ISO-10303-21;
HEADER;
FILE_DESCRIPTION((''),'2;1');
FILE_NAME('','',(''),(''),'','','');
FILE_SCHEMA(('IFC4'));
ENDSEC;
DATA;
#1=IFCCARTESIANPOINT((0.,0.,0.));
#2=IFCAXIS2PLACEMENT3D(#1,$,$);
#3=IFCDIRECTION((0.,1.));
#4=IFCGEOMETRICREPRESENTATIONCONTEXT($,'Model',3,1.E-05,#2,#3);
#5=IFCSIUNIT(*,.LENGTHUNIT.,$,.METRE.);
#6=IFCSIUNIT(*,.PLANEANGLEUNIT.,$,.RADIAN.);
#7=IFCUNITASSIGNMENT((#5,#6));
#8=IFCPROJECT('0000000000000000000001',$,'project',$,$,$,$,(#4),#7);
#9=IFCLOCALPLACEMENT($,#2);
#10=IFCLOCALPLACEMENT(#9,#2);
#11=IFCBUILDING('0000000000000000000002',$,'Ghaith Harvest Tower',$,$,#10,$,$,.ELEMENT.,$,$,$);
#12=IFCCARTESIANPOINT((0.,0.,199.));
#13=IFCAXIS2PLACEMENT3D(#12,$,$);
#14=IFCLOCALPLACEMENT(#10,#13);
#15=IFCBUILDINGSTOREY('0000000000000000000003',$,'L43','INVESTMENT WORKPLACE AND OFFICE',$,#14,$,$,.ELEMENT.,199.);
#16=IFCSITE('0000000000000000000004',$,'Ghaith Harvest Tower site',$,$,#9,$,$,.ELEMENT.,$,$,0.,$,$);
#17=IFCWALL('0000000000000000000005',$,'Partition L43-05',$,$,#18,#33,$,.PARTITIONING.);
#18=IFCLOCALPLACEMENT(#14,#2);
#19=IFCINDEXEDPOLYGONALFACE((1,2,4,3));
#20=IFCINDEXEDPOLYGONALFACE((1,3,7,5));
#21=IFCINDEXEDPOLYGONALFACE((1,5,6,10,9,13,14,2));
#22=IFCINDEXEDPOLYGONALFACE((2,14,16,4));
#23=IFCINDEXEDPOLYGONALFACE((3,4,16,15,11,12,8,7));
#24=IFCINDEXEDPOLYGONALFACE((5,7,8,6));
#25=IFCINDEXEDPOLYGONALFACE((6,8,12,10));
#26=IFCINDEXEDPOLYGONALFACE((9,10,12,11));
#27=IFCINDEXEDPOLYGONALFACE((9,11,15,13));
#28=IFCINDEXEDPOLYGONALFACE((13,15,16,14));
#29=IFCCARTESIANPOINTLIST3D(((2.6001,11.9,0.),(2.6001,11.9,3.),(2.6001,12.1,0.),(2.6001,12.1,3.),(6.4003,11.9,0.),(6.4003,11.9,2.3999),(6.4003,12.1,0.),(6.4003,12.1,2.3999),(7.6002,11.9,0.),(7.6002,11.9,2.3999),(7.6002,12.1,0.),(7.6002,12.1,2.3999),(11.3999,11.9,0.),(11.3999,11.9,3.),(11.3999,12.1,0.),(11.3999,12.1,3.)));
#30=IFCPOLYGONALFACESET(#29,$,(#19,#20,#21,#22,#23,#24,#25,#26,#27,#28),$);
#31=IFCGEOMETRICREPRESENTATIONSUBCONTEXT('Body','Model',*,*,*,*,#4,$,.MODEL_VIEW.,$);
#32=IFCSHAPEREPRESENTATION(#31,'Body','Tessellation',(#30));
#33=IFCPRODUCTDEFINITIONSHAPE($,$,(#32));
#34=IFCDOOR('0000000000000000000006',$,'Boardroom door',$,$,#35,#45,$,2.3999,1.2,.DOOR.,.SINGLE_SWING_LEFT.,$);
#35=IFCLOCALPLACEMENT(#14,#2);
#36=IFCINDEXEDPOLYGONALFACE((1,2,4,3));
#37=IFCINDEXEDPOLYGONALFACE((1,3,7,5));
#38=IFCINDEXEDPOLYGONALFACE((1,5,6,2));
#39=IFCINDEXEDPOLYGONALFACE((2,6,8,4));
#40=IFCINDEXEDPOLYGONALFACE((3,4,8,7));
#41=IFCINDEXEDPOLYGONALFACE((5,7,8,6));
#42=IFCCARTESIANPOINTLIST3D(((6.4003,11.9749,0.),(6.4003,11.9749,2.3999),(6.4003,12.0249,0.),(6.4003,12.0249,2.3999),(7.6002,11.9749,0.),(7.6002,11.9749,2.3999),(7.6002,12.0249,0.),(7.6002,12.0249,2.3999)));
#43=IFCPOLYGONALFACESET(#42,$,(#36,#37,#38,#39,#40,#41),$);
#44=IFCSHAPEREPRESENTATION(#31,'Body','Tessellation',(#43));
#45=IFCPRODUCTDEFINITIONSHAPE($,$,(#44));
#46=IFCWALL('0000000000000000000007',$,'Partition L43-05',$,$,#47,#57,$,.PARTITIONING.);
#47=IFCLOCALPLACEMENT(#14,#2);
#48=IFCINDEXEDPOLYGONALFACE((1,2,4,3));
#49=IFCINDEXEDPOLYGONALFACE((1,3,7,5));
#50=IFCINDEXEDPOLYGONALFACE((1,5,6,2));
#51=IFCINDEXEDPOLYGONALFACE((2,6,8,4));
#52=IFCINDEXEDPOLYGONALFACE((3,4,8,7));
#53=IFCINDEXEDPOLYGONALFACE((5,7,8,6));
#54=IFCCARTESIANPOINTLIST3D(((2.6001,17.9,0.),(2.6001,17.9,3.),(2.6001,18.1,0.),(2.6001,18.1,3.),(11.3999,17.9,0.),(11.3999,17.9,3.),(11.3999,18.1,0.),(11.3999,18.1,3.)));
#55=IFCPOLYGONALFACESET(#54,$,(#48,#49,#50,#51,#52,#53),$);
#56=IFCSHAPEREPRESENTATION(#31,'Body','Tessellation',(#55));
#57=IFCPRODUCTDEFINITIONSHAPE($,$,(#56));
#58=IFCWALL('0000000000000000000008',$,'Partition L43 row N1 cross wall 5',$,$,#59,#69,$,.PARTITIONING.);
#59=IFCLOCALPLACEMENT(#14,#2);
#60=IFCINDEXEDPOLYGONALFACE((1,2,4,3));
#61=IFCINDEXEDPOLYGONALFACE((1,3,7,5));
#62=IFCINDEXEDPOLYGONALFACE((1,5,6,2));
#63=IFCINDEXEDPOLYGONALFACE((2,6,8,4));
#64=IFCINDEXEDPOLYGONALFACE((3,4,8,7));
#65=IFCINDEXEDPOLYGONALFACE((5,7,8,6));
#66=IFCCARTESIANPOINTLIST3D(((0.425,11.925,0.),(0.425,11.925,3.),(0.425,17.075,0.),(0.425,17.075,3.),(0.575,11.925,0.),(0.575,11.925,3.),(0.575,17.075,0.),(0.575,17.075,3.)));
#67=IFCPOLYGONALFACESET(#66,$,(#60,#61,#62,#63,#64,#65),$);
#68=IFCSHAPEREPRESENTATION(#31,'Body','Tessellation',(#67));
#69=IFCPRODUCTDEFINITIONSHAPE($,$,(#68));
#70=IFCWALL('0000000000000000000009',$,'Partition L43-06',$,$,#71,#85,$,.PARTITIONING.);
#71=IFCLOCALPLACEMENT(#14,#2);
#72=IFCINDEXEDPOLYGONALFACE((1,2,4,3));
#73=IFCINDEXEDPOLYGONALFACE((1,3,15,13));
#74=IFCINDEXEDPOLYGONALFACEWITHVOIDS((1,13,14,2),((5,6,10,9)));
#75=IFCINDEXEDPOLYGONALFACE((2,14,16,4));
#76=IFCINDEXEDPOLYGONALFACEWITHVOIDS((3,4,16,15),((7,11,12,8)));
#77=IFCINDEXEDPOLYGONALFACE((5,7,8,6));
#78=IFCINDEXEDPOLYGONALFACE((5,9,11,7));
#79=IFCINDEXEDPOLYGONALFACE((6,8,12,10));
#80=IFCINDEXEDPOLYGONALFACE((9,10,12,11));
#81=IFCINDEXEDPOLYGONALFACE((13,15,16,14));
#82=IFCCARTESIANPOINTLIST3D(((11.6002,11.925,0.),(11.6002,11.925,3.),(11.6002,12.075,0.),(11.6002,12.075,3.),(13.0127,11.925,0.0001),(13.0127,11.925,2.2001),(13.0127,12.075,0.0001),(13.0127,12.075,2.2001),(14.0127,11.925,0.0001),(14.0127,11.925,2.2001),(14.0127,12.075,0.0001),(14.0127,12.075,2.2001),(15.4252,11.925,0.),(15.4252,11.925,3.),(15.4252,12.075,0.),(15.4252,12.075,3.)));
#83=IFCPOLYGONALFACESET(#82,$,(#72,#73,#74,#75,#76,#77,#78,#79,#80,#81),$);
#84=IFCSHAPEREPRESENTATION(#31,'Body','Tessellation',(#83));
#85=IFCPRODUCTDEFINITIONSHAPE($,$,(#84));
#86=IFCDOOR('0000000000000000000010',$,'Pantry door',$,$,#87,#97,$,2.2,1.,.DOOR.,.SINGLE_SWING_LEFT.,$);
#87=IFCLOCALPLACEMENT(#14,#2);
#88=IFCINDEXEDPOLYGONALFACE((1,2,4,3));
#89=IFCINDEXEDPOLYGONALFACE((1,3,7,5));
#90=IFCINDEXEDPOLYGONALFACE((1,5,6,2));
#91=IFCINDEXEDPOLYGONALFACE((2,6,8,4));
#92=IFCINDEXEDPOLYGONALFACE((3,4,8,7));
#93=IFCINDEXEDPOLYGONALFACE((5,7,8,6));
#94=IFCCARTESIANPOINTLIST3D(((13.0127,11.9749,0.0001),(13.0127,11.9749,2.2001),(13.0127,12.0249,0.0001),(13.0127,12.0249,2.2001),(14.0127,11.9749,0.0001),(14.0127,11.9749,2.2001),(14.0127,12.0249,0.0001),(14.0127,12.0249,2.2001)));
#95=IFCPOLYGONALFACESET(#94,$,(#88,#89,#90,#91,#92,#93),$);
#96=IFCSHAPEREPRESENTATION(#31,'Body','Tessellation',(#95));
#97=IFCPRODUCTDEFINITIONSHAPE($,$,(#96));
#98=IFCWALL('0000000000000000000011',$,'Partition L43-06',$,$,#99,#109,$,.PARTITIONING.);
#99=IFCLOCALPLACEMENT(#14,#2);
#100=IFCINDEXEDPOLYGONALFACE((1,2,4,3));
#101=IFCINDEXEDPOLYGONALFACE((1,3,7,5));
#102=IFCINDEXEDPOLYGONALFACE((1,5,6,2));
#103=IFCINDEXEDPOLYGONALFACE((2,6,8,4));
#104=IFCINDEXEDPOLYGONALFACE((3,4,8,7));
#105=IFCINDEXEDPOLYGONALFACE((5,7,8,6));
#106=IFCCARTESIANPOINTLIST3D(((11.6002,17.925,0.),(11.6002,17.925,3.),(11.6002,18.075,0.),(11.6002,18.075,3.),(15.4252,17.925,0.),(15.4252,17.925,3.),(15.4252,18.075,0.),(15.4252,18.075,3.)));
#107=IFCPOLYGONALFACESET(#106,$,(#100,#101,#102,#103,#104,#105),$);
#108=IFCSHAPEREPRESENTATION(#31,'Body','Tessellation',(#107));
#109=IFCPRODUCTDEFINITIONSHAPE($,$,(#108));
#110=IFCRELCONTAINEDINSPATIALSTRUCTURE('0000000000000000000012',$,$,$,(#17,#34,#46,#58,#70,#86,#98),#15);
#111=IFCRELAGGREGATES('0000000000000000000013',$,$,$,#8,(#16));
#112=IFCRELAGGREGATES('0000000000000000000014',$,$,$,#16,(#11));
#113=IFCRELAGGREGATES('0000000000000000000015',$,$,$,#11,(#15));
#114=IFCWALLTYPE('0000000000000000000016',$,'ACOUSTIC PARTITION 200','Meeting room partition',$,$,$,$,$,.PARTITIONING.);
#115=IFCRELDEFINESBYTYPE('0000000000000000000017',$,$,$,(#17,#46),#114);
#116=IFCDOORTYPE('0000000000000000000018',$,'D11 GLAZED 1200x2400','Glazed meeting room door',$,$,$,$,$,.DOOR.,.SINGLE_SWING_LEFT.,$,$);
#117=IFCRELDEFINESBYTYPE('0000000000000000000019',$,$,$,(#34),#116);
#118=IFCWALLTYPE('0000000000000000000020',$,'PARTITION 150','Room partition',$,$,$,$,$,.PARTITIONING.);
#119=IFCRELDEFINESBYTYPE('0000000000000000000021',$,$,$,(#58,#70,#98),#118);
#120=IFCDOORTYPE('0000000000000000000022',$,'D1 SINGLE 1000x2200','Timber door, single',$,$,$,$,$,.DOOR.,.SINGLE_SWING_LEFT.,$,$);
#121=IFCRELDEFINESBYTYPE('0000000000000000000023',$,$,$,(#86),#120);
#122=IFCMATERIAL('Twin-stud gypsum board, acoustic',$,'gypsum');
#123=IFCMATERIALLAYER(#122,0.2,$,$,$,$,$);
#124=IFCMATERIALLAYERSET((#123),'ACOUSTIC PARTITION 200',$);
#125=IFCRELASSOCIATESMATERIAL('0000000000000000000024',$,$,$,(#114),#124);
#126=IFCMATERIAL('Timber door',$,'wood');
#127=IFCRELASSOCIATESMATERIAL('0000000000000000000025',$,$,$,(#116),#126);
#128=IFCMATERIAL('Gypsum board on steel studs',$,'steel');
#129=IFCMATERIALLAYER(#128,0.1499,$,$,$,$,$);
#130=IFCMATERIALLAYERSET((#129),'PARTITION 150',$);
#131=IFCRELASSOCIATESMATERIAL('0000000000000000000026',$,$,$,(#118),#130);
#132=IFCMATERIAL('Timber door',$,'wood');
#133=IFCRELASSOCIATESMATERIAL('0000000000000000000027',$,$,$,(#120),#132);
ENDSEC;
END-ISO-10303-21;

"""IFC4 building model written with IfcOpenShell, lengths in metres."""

from ifc_helpers import new_model, si_unit, direction, frame, frame_2d, origin, place, context, subcontext, project, spatial, rectangle, extrude, material, layer, layer_set, type_object, element, fill, save


model = new_model("IFC4")

# Units and contexts
model_context = context("Model", 3, precision=1e-05, world=origin(), true_north=direction((0.0, 1.0)))
body_context = subcontext(model_context, "Body", "Model", "MODEL_VIEW")
ifc_project = project(units=[si_unit("LENGTHUNIT", "METRE"), si_unit("PLANEANGLEUNIT", "RADIAN")], contexts=[model_context])

# Site, building, storey
site_placement = place(None, origin())
site = spatial("IfcSite", under=ifc_project, at=site_placement, Name="Ghaith Harvest Tower site", CompositionType="ELEMENT", RefElevation=0.0)
building_placement = place(site_placement, origin())
building = spatial("IfcBuilding", under=site, at=building_placement, Name="Ghaith Harvest Tower", CompositionType="ELEMENT")
storey_placement = place(building_placement, frame((0.0, 0.0, 199.0)))
storey = spatial("IfcBuildingStorey", under=building, at=storey_placement, Name="L43", Description="INVESTMENT WORKPLACE AND OFFICE", CompositionType="ELEMENT", Elevation=199.0)

# Shared definitions
ifc_material_1 = material(Name="Twin-stud gypsum board, acoustic", Category="gypsum")
ifc_layer_1 = layer(ifc_material_1, 0.2)
ifc_layer_set_1 = layer_set([ifc_layer_1], Name="ACOUSTIC PARTITION 200")
wall_type_1 = type_object("IfcWallType", Name="ACOUSTIC PARTITION 200", Description="Meeting room partition", PredefinedType="PARTITIONING", material=ifc_layer_set_1)

# Wall, opening, door
wall_1_placement = place(storey_placement, frame((2.6001, 12.0, 0.0), z_axis=(0.0, 0.0, 1.0), x_axis=(1.0, 0.0, 0.0)))
wall_1 = element("IfcWall", 1, at=wall_1_placement, inside=storey, type_object=wall_type_1, Name="Partition L43-05", PredefinedType="PARTITIONING", context=body_context, shape_type="SweptSolid", body=[
    extrude(rectangle(XDim=8.7998, YDim=0.2, at=frame_2d((4.3999, 0.0))), origin(), (0.0, 0.0, 1.0), 3.0),
])
opening_1_placement = place(wall_1_placement, frame((3.8, 0.0, 0.0)))
opening_1 = element("IfcOpeningElement", 2, at=opening_1_placement, cuts=wall_1, PredefinedType="OPENING", context=body_context, shape_type="SweptSolid", body=[
    extrude(rectangle(XDim=1.2, YDim=2.3999, at=frame_2d((0.6001, 1.2))), frame((0.0, 0.1099, 0.0), z_axis=(0.0, -1.0, 0.0), x_axis=(1.0, 0.0, 0.0)), (0.0, 0.0, 1.0), 0.22),
])
ifc_material_2 = material(Name="Timber door", Category="wood")
door_type_1 = type_object("IfcDoorType", Name="D11 GLAZED 1200x2400", Description="Glazed meeting room door", OperationType="SINGLE_SWING_LEFT", PredefinedType="DOOR", material=ifc_material_2)
door_1_placement = place(opening_1_placement, origin())
door_1 = element("IfcDoor", 3, at=door_1_placement, inside=storey, type_object=door_type_1, Name="Boardroom door", OperationType="SINGLE_SWING_LEFT", OverallHeight=2.3999, OverallWidth=1.2, PredefinedType="DOOR", context=body_context, shape_type="SweptSolid", body=[
    extrude(rectangle(XDim=1.2, YDim=2.3999, at=frame_2d((0.6001, 1.2))), frame((0.0, 0.0249, 0.0), z_axis=(0.0, -1.0, 0.0), x_axis=(1.0, 0.0, 0.0)), (0.0, 0.0, 1.0), 0.05),
])
fill(opening_1, door_1)

# Walls
wall_2_placement = place(storey_placement, frame((2.6001, 18.0, 0.0), z_axis=(0.0, 0.0, 1.0), x_axis=(1.0, 0.0, 0.0)))
element("IfcWall", 4, at=wall_2_placement, inside=storey, type_object=wall_type_1, Name="Partition L43-05", PredefinedType="PARTITIONING", context=body_context, shape_type="SweptSolid", body=[
    extrude(rectangle(XDim=8.7998, YDim=0.2, at=frame_2d((4.3999, 0.0))), origin(), (0.0, 0.0, 1.0), 3.0),
])
ifc_material_3 = material(Name="Gypsum board on steel studs", Category="steel")
ifc_layer_2 = layer(ifc_material_3, 0.1499)
ifc_layer_set_2 = layer_set([ifc_layer_2], Name="PARTITION 150")
wall_type_2 = type_object("IfcWallType", Name="PARTITION 150", Description="Room partition", PredefinedType="PARTITIONING", material=ifc_layer_set_2)
wall_3_placement = place(storey_placement, frame((0.5, 11.925, 0.0), z_axis=(0.0, 0.0, 1.0), x_axis=(0.0, 1.0, 0.0)))
element("IfcWall", 5, at=wall_3_placement, inside=storey, type_object=wall_type_2, Name="Partition L43 row N1 cross wall 5", PredefinedType="PARTITIONING", context=body_context, shape_type="SweptSolid", body=[
    extrude(rectangle(XDim=5.1499, YDim=0.1499, at=frame_2d((2.575, 0.0))), origin(), (0.0, 0.0, 1.0), 3.0),
])

# Wall, opening, door
wall_4_placement = place(storey_placement, frame((11.6001, 12.0, 0.0), z_axis=(0.0, 0.0, 1.0), x_axis=(1.0, 0.0, 0.0)))
wall_4 = element("IfcWall", 6, at=wall_4_placement, inside=storey, type_object=wall_type_2, Name="Partition L43-06", PredefinedType="PARTITIONING", context=body_context, shape_type="SweptSolid", body=[
    extrude(rectangle(XDim=3.825, YDim=0.1499, at=frame_2d((1.9126, 0.0))), origin(), (0.0, 0.0, 1.0), 3.0),
])
opening_2_placement = place(wall_4_placement, frame((1.4126, 0.0, 0.0)))
opening_2 = element("IfcOpeningElement", 7, at=opening_2_placement, cuts=wall_4, PredefinedType="OPENING", context=body_context, shape_type="SweptSolid", body=[
    extrude(rectangle(XDim=1.0, YDim=2.2, at=frame_2d((0.5, 1.1001))), frame((0.0, 0.085, 0.0), z_axis=(0.0, -1.0, 0.0), x_axis=(1.0, 0.0, 0.0)), (0.0, 0.0, 1.0), 0.1699),
])
ifc_material_4 = material(Name="Timber door", Category="wood")
door_type_2 = type_object("IfcDoorType", Name="D1 SINGLE 1000x2200", Description="Timber door, single", OperationType="SINGLE_SWING_LEFT", PredefinedType="DOOR", material=ifc_material_4)
door_2_placement = place(opening_2_placement, origin())
door_2 = element("IfcDoor", 8, at=door_2_placement, inside=storey, type_object=door_type_2, Name="Pantry door", OperationType="SINGLE_SWING_LEFT", OverallHeight=2.2, OverallWidth=1.0, PredefinedType="DOOR", context=body_context, shape_type="SweptSolid", body=[
    extrude(rectangle(XDim=1.0, YDim=2.2, at=frame_2d((0.5, 1.1001))), frame((0.0, 0.0249, 0.0), z_axis=(0.0, -1.0, 0.0), x_axis=(1.0, 0.0, 0.0)), (0.0, 0.0, 1.0), 0.05),
])
fill(opening_2, door_2)

# Wall
wall_5_placement = place(storey_placement, frame((11.6001, 18.0, 0.0), z_axis=(0.0, 0.0, 1.0), x_axis=(1.0, 0.0, 0.0)))
element("IfcWall", 9, at=wall_5_placement, inside=storey, type_object=wall_type_2, Name="Partition L43-06", PredefinedType="PARTITIONING", context=body_context, shape_type="SweptSolid", body=[
    extrude(rectangle(XDim=3.825, YDim=0.1499, at=frame_2d((1.9126, 0.0))), origin(), (0.0, 0.0, 1.0), 3.0),
])

save(model, "model.ifc")
